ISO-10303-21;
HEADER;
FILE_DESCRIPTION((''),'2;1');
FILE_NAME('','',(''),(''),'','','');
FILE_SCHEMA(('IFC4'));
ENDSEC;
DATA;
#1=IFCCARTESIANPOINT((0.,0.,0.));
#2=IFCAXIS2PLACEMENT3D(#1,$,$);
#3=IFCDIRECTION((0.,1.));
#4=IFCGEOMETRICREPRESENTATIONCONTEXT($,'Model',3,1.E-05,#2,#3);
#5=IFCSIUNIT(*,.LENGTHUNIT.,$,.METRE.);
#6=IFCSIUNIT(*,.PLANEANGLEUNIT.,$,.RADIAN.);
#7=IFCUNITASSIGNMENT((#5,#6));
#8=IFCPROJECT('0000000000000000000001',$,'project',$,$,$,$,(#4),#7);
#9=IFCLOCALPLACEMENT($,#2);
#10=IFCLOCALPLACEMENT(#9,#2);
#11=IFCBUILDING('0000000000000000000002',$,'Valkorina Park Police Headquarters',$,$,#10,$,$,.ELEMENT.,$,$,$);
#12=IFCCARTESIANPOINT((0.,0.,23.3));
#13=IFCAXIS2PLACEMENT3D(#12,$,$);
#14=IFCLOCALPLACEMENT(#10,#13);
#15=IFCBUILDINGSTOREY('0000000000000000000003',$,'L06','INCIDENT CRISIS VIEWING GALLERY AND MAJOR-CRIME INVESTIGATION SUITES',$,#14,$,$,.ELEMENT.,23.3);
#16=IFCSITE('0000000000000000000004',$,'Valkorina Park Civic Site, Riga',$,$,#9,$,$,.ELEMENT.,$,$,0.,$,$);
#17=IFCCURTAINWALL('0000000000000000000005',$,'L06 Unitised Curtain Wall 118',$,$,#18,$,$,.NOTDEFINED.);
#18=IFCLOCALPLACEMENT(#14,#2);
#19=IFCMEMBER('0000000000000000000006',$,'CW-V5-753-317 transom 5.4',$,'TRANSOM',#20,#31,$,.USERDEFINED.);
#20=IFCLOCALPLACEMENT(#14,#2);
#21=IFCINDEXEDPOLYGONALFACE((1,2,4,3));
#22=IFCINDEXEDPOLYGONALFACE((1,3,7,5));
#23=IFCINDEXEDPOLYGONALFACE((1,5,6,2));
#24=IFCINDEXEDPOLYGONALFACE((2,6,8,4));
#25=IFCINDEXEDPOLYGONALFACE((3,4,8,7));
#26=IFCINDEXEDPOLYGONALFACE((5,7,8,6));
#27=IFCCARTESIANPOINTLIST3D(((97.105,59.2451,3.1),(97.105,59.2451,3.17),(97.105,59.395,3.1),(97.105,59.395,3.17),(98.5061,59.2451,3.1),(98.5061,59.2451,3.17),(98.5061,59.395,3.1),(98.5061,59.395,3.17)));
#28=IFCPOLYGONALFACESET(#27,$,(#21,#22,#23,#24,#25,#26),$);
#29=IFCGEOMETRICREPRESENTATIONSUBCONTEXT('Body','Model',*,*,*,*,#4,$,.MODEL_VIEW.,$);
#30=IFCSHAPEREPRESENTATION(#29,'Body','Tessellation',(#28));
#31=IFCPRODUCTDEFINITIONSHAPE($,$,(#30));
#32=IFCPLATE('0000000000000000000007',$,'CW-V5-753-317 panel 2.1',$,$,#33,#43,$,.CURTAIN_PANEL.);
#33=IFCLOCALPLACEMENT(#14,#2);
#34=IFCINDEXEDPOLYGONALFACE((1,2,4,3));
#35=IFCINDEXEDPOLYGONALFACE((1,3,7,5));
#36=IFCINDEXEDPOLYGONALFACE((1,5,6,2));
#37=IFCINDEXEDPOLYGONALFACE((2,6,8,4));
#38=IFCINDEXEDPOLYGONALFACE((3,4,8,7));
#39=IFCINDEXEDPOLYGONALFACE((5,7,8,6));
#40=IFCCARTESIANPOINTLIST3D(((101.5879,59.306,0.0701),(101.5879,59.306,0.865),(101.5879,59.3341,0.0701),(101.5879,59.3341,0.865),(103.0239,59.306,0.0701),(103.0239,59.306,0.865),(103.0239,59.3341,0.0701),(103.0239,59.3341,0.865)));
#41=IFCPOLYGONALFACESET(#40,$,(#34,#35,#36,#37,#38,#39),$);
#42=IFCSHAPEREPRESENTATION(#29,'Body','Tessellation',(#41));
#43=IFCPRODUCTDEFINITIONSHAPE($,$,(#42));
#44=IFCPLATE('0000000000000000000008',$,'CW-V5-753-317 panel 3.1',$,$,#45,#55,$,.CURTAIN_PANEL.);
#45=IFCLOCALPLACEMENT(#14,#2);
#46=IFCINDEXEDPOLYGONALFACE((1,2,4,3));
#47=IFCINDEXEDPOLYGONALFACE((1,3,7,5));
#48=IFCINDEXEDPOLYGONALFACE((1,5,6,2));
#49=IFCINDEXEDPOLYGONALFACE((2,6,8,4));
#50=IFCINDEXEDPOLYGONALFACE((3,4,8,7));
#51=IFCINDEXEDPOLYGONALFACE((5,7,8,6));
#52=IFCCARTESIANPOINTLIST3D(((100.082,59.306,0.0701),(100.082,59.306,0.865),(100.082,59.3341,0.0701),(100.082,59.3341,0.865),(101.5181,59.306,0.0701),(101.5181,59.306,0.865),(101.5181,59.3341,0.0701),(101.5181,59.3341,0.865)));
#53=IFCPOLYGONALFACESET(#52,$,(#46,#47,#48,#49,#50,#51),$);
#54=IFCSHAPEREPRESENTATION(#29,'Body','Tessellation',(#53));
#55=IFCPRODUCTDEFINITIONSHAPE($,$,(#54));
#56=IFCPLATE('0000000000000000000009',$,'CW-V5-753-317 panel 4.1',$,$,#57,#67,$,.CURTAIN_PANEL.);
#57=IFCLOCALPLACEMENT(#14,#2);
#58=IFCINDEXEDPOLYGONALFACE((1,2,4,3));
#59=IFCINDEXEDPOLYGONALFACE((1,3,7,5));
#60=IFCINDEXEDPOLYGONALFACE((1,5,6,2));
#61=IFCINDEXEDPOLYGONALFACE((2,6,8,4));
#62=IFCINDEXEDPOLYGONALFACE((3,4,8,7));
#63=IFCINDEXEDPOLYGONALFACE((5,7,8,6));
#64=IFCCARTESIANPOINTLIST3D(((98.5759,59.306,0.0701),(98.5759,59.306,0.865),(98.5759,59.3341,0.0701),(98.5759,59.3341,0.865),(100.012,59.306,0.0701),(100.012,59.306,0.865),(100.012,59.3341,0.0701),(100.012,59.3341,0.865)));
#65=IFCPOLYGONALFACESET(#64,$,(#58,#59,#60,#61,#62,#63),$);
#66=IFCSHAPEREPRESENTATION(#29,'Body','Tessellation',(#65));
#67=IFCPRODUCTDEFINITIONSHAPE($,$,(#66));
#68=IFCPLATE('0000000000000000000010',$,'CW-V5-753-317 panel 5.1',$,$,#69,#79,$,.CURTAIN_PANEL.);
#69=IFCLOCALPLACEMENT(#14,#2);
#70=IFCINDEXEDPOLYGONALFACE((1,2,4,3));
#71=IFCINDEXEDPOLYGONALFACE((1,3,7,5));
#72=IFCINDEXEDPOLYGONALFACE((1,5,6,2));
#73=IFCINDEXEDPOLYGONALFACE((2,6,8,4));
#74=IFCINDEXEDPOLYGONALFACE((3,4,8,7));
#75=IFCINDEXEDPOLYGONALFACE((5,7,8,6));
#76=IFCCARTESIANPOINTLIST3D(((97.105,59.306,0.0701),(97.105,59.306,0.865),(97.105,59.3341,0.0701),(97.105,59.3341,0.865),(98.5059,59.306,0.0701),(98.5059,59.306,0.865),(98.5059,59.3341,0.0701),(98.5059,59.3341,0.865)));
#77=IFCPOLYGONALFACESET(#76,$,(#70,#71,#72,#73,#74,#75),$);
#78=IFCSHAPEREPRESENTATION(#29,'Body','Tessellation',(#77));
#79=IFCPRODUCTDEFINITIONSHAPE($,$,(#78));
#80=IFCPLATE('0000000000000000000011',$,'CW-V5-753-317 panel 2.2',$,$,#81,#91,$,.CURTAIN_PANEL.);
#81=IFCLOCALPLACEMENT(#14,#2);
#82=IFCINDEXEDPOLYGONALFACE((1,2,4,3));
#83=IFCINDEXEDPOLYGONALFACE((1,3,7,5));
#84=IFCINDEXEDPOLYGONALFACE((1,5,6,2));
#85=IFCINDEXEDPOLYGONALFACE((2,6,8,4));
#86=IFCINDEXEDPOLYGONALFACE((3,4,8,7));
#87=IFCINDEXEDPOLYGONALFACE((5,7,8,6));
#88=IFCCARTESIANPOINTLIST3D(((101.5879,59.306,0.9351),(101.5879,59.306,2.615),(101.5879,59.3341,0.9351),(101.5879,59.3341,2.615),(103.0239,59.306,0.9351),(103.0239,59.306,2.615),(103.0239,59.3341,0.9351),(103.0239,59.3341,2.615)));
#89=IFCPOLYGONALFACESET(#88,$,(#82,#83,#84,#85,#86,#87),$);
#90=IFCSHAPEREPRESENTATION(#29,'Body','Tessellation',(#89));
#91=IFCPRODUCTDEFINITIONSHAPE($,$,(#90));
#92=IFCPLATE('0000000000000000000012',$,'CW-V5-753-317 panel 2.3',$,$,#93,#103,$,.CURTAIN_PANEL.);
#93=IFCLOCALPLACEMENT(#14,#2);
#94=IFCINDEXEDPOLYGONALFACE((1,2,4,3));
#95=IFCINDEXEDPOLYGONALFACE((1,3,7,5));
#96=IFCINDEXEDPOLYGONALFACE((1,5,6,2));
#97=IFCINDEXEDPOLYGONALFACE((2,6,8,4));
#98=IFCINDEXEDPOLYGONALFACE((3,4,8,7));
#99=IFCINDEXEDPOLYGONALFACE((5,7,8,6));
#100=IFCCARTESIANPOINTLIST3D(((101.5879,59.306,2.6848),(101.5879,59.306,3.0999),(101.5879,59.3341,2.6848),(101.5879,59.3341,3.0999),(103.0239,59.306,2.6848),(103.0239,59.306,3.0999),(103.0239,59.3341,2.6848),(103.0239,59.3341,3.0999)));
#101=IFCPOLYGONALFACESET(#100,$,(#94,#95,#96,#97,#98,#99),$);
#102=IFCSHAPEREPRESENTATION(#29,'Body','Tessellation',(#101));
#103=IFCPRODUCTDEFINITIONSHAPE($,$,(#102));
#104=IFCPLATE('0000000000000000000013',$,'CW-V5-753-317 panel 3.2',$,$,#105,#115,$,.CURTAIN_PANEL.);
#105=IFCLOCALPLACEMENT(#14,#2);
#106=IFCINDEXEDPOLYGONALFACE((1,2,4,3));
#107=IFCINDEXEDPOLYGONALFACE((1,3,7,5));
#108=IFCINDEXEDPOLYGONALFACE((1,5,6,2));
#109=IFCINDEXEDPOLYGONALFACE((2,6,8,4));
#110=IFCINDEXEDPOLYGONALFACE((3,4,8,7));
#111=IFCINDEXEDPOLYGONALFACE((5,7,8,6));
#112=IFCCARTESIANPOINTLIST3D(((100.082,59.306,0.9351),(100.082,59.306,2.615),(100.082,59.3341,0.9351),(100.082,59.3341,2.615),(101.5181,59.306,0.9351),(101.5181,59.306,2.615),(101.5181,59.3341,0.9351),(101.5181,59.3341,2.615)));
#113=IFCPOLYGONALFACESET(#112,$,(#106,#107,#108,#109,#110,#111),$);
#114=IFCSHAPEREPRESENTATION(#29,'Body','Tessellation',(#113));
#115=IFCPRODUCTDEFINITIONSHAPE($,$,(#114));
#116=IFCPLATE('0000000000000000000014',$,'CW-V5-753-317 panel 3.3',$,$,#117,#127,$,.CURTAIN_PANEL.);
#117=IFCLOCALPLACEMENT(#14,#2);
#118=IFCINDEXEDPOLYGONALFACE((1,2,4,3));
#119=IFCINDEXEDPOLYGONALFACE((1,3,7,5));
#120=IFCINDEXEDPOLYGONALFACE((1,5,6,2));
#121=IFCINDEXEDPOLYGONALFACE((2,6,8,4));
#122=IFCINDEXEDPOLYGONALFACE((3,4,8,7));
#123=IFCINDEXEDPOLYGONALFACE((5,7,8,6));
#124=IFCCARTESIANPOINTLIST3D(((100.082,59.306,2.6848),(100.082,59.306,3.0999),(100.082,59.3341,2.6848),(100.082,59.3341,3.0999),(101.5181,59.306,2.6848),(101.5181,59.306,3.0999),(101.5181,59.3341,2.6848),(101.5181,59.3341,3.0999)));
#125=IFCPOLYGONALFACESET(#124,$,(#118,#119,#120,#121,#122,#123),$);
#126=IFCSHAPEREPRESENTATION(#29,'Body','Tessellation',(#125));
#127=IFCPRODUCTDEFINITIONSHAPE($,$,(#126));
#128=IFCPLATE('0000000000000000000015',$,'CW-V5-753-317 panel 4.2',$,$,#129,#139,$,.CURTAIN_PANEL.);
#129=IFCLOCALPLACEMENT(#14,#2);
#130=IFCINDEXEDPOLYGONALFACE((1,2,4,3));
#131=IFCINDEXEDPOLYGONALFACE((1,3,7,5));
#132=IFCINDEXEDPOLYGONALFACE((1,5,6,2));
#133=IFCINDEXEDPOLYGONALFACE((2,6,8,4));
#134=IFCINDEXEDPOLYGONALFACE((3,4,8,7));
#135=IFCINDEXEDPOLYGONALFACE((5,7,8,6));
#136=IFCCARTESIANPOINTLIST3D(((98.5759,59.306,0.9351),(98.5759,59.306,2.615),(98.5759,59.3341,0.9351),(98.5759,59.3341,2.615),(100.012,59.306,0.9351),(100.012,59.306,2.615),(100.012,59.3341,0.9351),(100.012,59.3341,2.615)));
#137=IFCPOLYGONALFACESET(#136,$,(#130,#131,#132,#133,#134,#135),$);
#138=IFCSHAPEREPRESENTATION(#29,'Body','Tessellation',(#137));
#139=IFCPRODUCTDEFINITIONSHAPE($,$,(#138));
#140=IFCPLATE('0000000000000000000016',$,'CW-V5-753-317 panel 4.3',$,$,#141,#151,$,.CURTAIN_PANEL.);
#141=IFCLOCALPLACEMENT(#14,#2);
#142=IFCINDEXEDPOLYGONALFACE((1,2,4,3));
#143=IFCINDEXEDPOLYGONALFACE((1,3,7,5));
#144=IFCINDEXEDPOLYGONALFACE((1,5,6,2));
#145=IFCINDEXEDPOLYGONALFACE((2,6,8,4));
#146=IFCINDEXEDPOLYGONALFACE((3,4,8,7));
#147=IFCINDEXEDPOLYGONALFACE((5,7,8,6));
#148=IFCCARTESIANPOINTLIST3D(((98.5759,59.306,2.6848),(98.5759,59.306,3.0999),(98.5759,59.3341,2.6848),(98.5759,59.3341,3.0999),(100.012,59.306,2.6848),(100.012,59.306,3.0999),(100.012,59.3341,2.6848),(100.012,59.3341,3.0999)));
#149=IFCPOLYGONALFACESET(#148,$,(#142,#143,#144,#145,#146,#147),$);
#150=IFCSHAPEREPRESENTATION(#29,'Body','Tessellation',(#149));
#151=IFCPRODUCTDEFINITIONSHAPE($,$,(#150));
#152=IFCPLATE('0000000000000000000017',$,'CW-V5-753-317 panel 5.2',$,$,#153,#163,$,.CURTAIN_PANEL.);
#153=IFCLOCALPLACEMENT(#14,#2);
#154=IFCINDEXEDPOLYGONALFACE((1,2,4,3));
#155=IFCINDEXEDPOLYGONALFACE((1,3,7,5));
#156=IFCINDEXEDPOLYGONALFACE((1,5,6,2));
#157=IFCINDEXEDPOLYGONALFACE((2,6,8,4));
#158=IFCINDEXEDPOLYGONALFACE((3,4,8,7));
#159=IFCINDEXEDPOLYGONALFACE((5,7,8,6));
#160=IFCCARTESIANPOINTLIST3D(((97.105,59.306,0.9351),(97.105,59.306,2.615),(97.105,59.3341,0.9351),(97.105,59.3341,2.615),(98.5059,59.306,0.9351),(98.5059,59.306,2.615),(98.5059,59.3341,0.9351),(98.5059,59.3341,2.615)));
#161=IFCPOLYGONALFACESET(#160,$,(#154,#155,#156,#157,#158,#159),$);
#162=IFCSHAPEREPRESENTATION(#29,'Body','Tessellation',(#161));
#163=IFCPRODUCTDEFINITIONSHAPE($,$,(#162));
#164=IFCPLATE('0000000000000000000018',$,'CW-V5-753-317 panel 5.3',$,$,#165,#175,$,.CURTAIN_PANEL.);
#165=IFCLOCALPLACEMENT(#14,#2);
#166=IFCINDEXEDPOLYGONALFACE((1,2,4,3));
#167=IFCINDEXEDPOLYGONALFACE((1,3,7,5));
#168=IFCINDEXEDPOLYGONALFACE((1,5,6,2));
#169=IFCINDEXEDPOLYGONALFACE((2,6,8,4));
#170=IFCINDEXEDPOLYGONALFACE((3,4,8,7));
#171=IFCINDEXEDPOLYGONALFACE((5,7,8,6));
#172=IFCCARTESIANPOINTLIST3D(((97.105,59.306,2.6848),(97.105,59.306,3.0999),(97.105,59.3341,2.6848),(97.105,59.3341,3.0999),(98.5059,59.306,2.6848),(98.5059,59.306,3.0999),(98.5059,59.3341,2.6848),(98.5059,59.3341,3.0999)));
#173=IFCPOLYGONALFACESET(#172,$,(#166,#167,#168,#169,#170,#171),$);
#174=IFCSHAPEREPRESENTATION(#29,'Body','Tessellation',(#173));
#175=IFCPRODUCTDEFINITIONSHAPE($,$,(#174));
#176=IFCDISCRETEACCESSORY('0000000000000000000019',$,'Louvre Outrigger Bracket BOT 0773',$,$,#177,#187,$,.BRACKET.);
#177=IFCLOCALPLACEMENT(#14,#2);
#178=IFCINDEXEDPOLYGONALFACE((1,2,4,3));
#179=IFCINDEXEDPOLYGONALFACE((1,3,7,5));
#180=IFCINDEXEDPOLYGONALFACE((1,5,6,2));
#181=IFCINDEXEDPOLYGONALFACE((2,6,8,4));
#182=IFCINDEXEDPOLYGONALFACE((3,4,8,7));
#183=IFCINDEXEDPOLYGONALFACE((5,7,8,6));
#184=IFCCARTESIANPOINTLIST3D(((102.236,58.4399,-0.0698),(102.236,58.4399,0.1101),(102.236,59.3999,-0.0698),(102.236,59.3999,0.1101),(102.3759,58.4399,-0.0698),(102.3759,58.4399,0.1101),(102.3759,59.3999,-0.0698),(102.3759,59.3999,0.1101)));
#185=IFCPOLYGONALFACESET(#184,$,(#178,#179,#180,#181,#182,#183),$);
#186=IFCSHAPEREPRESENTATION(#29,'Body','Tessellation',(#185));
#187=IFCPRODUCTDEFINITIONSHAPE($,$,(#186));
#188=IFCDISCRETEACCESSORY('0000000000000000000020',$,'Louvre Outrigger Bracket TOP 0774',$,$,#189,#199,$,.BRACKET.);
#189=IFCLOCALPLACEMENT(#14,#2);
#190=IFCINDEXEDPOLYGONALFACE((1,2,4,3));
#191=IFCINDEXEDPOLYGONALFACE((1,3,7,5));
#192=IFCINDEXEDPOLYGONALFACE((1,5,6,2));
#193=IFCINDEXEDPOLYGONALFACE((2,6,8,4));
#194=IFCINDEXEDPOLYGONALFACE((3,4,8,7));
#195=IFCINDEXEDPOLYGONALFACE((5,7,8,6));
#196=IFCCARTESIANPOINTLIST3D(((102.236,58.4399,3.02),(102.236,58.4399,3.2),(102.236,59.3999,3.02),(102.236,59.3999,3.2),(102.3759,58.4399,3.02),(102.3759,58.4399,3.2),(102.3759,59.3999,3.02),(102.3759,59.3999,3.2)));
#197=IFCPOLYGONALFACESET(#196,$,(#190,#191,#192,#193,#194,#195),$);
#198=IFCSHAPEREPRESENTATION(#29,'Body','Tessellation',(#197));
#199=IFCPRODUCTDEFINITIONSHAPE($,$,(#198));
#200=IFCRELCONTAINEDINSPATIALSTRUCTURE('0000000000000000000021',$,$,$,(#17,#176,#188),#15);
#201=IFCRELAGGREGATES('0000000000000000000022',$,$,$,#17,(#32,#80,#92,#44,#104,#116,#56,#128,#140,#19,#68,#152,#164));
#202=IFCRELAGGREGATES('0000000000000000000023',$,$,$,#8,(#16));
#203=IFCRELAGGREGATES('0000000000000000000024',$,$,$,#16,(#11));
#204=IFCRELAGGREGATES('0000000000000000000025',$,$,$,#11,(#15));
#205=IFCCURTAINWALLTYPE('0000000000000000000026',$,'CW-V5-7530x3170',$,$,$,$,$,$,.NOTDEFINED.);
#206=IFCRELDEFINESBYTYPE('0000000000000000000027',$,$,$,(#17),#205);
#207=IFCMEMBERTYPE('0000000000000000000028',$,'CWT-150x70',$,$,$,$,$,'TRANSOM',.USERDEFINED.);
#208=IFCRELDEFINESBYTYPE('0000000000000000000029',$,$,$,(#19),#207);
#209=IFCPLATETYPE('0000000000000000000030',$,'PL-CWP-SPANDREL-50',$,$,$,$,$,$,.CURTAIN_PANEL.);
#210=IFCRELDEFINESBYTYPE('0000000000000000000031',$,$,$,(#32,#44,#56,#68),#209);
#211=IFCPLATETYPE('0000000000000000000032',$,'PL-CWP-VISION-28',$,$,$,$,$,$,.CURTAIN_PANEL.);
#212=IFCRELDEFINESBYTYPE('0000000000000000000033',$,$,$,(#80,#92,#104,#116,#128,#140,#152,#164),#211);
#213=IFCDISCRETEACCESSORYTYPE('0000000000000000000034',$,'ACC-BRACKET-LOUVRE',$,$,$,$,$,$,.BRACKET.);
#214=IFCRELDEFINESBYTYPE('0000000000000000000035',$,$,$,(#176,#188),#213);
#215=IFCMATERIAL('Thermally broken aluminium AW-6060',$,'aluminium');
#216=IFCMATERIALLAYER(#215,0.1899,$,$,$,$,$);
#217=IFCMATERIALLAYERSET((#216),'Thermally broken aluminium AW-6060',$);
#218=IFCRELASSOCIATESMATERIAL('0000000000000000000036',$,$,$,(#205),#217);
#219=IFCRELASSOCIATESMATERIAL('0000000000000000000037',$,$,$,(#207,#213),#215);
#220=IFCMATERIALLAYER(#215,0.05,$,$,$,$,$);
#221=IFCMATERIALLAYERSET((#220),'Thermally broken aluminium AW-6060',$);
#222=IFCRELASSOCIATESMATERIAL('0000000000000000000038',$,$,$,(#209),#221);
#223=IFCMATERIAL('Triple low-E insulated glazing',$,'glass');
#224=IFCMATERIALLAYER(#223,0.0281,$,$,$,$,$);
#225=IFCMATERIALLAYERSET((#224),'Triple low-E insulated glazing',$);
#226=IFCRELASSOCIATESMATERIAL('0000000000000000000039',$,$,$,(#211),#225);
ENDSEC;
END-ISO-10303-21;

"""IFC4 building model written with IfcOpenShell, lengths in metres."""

from ifc_helpers import new_model, si_unit, direction, frame, origin, origin_2d, place, context, subcontext, project, spatial, rectangle, extrude, material, layer, layer_set, material_profile, profile_set, type_object, element, aggregate, save


model = new_model("IFC4")

# Units and contexts
model_context = context("Model", 3, precision=1e-05, world=origin(), true_north=direction((0.0, 1.0)))
body_context = subcontext(model_context, "Body", "Model", "MODEL_VIEW")
ifc_project = project(units=[si_unit("LENGTHUNIT", "METRE"), si_unit("PLANEANGLEUNIT", "RADIAN")], contexts=[model_context])

# Site, building, storey
site_placement = place(None, origin())
site = spatial("IfcSite", under=ifc_project, at=site_placement, Name="Valkorina Park Civic Site, Riga", CompositionType="ELEMENT", RefElevation=0.0)
building_placement = place(site_placement, origin())
building = spatial("IfcBuilding", under=site, at=building_placement, Name="Valkorina Park Police Headquarters", CompositionType="ELEMENT")
storey_placement = place(building_placement, frame((0.0, 0.0, 23.3)))
storey = spatial("IfcBuildingStorey", under=building, at=storey_placement, Name="L06", Description="INCIDENT CRISIS VIEWING GALLERY AND MAJOR-CRIME INVESTIGATION SUITES", CompositionType="ELEMENT", Elevation=23.3)

# Curtain wall, member, plates
ifc_material_1 = material(Name="Thermally broken aluminium AW-6060", Category="aluminium")
ifc_layer_1 = layer(ifc_material_1, 0.1899)
ifc_layer_set_1 = layer_set([ifc_layer_1], Name="Thermally broken aluminium AW-6060")
curtain_wall_type = type_object("IfcCurtainWallType", Name="CW-V5-7530x3170", PredefinedType="NOTDEFINED", material=ifc_layer_set_1)
curtain_wall_placement = place(storey_placement, origin())
curtain_wall = element("IfcCurtainWall", 1, at=curtain_wall_placement, inside=storey, type_object=curtain_wall_type, Name="L06 Unitised Curtain Wall 118", PredefinedType="NOTDEFINED")
ifc_material_profile_1 = material_profile(ifc_material_1, rectangle(XDim=0.1499, YDim=0.0701, at=origin_2d()), Name="CWT-02 150x70")
ifc_profile_set_1 = profile_set([ifc_material_profile_1], Name="Thermally broken aluminium AW-6060")
member_type_1 = type_object("IfcMemberType", Name="CWT-150x70", ElementType="TRANSOM", PredefinedType="USERDEFINED", material=ifc_profile_set_1)
member_1_placement = place(storey_placement, frame((98.5061, 59.3201, 3.135), z_axis=(-1.0, 0.0, 0.0), x_axis=(0.0, -1.0, 0.0)))
member_1 = element("IfcMember", 2, at=member_1_placement, type_object=member_type_1, Name="CW-V5-753-317 transom 5.4", ObjectType="TRANSOM", PredefinedType="USERDEFINED", context=body_context, shape_type="SweptSolid", body=[
    extrude(rectangle(XDim=0.1499, YDim=0.0701, at=origin_2d()), origin(), (0.0, 0.0, 1.0), 1.4011),
])
ifc_layer_2 = layer(ifc_material_1, 0.05)
ifc_layer_set_2 = layer_set([ifc_layer_2], Name="Thermally broken aluminium AW-6060")
plate_type_1 = type_object("IfcPlateType", Name="PL-CWP-SPANDREL-50", PredefinedType="CURTAIN_PANEL", material=ifc_layer_set_2)
plate_1_placement = place(storey_placement, frame((102.3059, 59.3201, 0.0701), z_axis=(0.0, 0.0, 1.0), x_axis=(-1.0, 0.0, 0.0)))
plate_1 = element("IfcPlate", 3, at=plate_1_placement, type_object=plate_type_1, Name="CW-V5-753-317 panel 2.1", PredefinedType="CURTAIN_PANEL", context=body_context, shape_type="SweptSolid", body=[
    extrude(rectangle(XDim=1.436, YDim=0.0281, at=origin_2d()), origin(), (0.0, 0.0, 1.0), 0.7949),
])
plate_2_placement = place(storey_placement, frame((100.8, 59.3201, 0.0701), z_axis=(0.0, 0.0, 1.0), x_axis=(-1.0, 0.0, 0.0)))
plate_2 = element("IfcPlate", 4, at=plate_2_placement, type_object=plate_type_1, Name="CW-V5-753-317 panel 3.1", PredefinedType="CURTAIN_PANEL", context=body_context, shape_type="SweptSolid", body=[
    extrude(rectangle(XDim=1.436, YDim=0.0281, at=origin_2d()), origin(), (0.0, 0.0, 1.0), 0.7949),
])
plate_3_placement = place(storey_placement, frame((99.2939, 59.3201, 0.0701), z_axis=(0.0, 0.0, 1.0), x_axis=(-1.0, 0.0, 0.0)))
plate_3 = element("IfcPlate", 5, at=plate_3_placement, type_object=plate_type_1, Name="CW-V5-753-317 panel 4.1", PredefinedType="CURTAIN_PANEL", context=body_context, shape_type="SweptSolid", body=[
    extrude(rectangle(XDim=1.436, YDim=0.0281, at=origin_2d()), origin(), (0.0, 0.0, 1.0), 0.7949),
])
plate_4_placement = place(storey_placement, frame((97.8054, 59.3201, 0.0701), z_axis=(0.0, 0.0, 1.0), x_axis=(-1.0, 0.0, 0.0)))
plate_4 = element("IfcPlate", 6, at=plate_4_placement, type_object=plate_type_1, Name="CW-V5-753-317 panel 5.1", PredefinedType="CURTAIN_PANEL", context=body_context, shape_type="SweptSolid", body=[
    extrude(rectangle(XDim=1.4009, YDim=0.0281, at=origin_2d()), origin(), (0.0, 0.0, 1.0), 0.7949),
])
ifc_material_2 = material(Name="Triple low-E insulated glazing", Category="glass")
ifc_layer_3 = layer(ifc_material_2, 0.0281)
ifc_layer_set_3 = layer_set([ifc_layer_3], Name="Triple low-E insulated glazing")
plate_type_2 = type_object("IfcPlateType", Name="PL-CWP-VISION-28", PredefinedType="CURTAIN_PANEL", material=ifc_layer_set_3)
plate_5_placement = place(storey_placement, frame((102.3059, 59.3201, 0.9351), z_axis=(0.0, 0.0, 1.0), x_axis=(-1.0, 0.0, 0.0)))
plate_5 = element("IfcPlate", 7, at=plate_5_placement, type_object=plate_type_2, Name="CW-V5-753-317 panel 2.2", PredefinedType="CURTAIN_PANEL", context=body_context, shape_type="SweptSolid", body=[
    extrude(rectangle(XDim=1.436, YDim=0.0281, at=origin_2d()), origin(), (0.0, 0.0, 1.0), 1.6799),
])
plate_6_placement = place(storey_placement, frame((102.3059, 59.3201, 2.6848), z_axis=(0.0, 0.0, 1.0), x_axis=(-1.0, 0.0, 0.0)))
plate_6 = element("IfcPlate", 8, at=plate_6_placement, type_object=plate_type_2, Name="CW-V5-753-317 panel 2.3", PredefinedType="CURTAIN_PANEL", context=body_context, shape_type="SweptSolid", body=[
    extrude(rectangle(XDim=1.436, YDim=0.0281, at=origin_2d()), origin(), (0.0, 0.0, 1.0), 0.415),
])
plate_7_placement = place(storey_placement, frame((100.8, 59.3201, 0.9351), z_axis=(0.0, 0.0, 1.0), x_axis=(-1.0, 0.0, 0.0)))
plate_7 = element("IfcPlate", 9, at=plate_7_placement, type_object=plate_type_2, Name="CW-V5-753-317 panel 3.2", PredefinedType="CURTAIN_PANEL", context=body_context, shape_type="SweptSolid", body=[
    extrude(rectangle(XDim=1.436, YDim=0.0281, at=origin_2d()), origin(), (0.0, 0.0, 1.0), 1.6799),
])
plate_8_placement = place(storey_placement, frame((100.8, 59.3201, 2.6848), z_axis=(0.0, 0.0, 1.0), x_axis=(-1.0, 0.0, 0.0)))
plate_8 = element("IfcPlate", 10, at=plate_8_placement, type_object=plate_type_2, Name="CW-V5-753-317 panel 3.3", PredefinedType="CURTAIN_PANEL", context=body_context, shape_type="SweptSolid", body=[
    extrude(rectangle(XDim=1.436, YDim=0.0281, at=origin_2d()), origin(), (0.0, 0.0, 1.0), 0.415),
])
plate_9_placement = place(storey_placement, frame((99.2939, 59.3201, 0.9351), z_axis=(0.0, 0.0, 1.0), x_axis=(-1.0, 0.0, 0.0)))
plate_9 = element("IfcPlate", 11, at=plate_9_placement, type_object=plate_type_2, Name="CW-V5-753-317 panel 4.2", PredefinedType="CURTAIN_PANEL", context=body_context, shape_type="SweptSolid", body=[
    extrude(rectangle(XDim=1.436, YDim=0.0281, at=origin_2d()), origin(), (0.0, 0.0, 1.0), 1.6799),
])
plate_10_placement = place(storey_placement, frame((99.2939, 59.3201, 2.6848), z_axis=(0.0, 0.0, 1.0), x_axis=(-1.0, 0.0, 0.0)))
plate_10 = element("IfcPlate", 12, at=plate_10_placement, type_object=plate_type_2, Name="CW-V5-753-317 panel 4.3", PredefinedType="CURTAIN_PANEL", context=body_context, shape_type="SweptSolid", body=[
    extrude(rectangle(XDim=1.436, YDim=0.0281, at=origin_2d()), origin(), (0.0, 0.0, 1.0), 0.415),
])
plate_11_placement = place(storey_placement, frame((97.8054, 59.3201, 0.9351), z_axis=(0.0, 0.0, 1.0), x_axis=(-1.0, 0.0, 0.0)))
plate_11 = element("IfcPlate", 13, at=plate_11_placement, type_object=plate_type_2, Name="CW-V5-753-317 panel 5.2", PredefinedType="CURTAIN_PANEL", context=body_context, shape_type="SweptSolid", body=[
    extrude(rectangle(XDim=1.4009, YDim=0.0281, at=origin_2d()), origin(), (0.0, 0.0, 1.0), 1.6799),
])
plate_12_placement = place(storey_placement, frame((97.8054, 59.3201, 2.6848), z_axis=(0.0, 0.0, 1.0), x_axis=(-1.0, 0.0, 0.0)))
plate_12 = element("IfcPlate", 14, at=plate_12_placement, type_object=plate_type_2, Name="CW-V5-753-317 panel 5.3", PredefinedType="CURTAIN_PANEL", context=body_context, shape_type="SweptSolid", body=[
    extrude(rectangle(XDim=1.4009, YDim=0.0281, at=origin_2d()), origin(), (0.0, 0.0, 1.0), 0.415),
])
aggregate(curtain_wall, [plate_1, plate_5, plate_6, plate_2, plate_7, plate_8, plate_3, plate_9, plate_10, member_1, plate_4, plate_11, plate_12])

# Discrete accessories
discrete_accessory_type = type_object("IfcDiscreteAccessoryType", Name="ACC-BRACKET-LOUVRE", PredefinedType="BRACKET", material=ifc_material_1)
for number, where, z_axis, x_axis, name in (
    (15, (102.3059, 58.9199, -0.0698), (0.0, 0.0, 1.0), (0.0, -1.0, 0.0), "Louvre Outrigger Bracket BOT 0773"),
    (16, (102.3059, 58.9199, 3.02), (0.0, 0.0, 1.0), (0.0, -1.0, 0.0), "Louvre Outrigger Bracket TOP 0774"),
):
    element("IfcDiscreteAccessory", number, at=place(storey_placement, frame(where, z_axis=z_axis, x_axis=x_axis)), inside=storey, type_object=discrete_accessory_type, Name=name, PredefinedType="BRACKET", context=body_context, shape_type="SweptSolid", body=[
        extrude(rectangle(XDim=0.96, YDim=0.1399, at=origin_2d()), origin(), (0.0, 0.0, 1.0), 0.1799),
    ])

save(model, "model.ifc")
